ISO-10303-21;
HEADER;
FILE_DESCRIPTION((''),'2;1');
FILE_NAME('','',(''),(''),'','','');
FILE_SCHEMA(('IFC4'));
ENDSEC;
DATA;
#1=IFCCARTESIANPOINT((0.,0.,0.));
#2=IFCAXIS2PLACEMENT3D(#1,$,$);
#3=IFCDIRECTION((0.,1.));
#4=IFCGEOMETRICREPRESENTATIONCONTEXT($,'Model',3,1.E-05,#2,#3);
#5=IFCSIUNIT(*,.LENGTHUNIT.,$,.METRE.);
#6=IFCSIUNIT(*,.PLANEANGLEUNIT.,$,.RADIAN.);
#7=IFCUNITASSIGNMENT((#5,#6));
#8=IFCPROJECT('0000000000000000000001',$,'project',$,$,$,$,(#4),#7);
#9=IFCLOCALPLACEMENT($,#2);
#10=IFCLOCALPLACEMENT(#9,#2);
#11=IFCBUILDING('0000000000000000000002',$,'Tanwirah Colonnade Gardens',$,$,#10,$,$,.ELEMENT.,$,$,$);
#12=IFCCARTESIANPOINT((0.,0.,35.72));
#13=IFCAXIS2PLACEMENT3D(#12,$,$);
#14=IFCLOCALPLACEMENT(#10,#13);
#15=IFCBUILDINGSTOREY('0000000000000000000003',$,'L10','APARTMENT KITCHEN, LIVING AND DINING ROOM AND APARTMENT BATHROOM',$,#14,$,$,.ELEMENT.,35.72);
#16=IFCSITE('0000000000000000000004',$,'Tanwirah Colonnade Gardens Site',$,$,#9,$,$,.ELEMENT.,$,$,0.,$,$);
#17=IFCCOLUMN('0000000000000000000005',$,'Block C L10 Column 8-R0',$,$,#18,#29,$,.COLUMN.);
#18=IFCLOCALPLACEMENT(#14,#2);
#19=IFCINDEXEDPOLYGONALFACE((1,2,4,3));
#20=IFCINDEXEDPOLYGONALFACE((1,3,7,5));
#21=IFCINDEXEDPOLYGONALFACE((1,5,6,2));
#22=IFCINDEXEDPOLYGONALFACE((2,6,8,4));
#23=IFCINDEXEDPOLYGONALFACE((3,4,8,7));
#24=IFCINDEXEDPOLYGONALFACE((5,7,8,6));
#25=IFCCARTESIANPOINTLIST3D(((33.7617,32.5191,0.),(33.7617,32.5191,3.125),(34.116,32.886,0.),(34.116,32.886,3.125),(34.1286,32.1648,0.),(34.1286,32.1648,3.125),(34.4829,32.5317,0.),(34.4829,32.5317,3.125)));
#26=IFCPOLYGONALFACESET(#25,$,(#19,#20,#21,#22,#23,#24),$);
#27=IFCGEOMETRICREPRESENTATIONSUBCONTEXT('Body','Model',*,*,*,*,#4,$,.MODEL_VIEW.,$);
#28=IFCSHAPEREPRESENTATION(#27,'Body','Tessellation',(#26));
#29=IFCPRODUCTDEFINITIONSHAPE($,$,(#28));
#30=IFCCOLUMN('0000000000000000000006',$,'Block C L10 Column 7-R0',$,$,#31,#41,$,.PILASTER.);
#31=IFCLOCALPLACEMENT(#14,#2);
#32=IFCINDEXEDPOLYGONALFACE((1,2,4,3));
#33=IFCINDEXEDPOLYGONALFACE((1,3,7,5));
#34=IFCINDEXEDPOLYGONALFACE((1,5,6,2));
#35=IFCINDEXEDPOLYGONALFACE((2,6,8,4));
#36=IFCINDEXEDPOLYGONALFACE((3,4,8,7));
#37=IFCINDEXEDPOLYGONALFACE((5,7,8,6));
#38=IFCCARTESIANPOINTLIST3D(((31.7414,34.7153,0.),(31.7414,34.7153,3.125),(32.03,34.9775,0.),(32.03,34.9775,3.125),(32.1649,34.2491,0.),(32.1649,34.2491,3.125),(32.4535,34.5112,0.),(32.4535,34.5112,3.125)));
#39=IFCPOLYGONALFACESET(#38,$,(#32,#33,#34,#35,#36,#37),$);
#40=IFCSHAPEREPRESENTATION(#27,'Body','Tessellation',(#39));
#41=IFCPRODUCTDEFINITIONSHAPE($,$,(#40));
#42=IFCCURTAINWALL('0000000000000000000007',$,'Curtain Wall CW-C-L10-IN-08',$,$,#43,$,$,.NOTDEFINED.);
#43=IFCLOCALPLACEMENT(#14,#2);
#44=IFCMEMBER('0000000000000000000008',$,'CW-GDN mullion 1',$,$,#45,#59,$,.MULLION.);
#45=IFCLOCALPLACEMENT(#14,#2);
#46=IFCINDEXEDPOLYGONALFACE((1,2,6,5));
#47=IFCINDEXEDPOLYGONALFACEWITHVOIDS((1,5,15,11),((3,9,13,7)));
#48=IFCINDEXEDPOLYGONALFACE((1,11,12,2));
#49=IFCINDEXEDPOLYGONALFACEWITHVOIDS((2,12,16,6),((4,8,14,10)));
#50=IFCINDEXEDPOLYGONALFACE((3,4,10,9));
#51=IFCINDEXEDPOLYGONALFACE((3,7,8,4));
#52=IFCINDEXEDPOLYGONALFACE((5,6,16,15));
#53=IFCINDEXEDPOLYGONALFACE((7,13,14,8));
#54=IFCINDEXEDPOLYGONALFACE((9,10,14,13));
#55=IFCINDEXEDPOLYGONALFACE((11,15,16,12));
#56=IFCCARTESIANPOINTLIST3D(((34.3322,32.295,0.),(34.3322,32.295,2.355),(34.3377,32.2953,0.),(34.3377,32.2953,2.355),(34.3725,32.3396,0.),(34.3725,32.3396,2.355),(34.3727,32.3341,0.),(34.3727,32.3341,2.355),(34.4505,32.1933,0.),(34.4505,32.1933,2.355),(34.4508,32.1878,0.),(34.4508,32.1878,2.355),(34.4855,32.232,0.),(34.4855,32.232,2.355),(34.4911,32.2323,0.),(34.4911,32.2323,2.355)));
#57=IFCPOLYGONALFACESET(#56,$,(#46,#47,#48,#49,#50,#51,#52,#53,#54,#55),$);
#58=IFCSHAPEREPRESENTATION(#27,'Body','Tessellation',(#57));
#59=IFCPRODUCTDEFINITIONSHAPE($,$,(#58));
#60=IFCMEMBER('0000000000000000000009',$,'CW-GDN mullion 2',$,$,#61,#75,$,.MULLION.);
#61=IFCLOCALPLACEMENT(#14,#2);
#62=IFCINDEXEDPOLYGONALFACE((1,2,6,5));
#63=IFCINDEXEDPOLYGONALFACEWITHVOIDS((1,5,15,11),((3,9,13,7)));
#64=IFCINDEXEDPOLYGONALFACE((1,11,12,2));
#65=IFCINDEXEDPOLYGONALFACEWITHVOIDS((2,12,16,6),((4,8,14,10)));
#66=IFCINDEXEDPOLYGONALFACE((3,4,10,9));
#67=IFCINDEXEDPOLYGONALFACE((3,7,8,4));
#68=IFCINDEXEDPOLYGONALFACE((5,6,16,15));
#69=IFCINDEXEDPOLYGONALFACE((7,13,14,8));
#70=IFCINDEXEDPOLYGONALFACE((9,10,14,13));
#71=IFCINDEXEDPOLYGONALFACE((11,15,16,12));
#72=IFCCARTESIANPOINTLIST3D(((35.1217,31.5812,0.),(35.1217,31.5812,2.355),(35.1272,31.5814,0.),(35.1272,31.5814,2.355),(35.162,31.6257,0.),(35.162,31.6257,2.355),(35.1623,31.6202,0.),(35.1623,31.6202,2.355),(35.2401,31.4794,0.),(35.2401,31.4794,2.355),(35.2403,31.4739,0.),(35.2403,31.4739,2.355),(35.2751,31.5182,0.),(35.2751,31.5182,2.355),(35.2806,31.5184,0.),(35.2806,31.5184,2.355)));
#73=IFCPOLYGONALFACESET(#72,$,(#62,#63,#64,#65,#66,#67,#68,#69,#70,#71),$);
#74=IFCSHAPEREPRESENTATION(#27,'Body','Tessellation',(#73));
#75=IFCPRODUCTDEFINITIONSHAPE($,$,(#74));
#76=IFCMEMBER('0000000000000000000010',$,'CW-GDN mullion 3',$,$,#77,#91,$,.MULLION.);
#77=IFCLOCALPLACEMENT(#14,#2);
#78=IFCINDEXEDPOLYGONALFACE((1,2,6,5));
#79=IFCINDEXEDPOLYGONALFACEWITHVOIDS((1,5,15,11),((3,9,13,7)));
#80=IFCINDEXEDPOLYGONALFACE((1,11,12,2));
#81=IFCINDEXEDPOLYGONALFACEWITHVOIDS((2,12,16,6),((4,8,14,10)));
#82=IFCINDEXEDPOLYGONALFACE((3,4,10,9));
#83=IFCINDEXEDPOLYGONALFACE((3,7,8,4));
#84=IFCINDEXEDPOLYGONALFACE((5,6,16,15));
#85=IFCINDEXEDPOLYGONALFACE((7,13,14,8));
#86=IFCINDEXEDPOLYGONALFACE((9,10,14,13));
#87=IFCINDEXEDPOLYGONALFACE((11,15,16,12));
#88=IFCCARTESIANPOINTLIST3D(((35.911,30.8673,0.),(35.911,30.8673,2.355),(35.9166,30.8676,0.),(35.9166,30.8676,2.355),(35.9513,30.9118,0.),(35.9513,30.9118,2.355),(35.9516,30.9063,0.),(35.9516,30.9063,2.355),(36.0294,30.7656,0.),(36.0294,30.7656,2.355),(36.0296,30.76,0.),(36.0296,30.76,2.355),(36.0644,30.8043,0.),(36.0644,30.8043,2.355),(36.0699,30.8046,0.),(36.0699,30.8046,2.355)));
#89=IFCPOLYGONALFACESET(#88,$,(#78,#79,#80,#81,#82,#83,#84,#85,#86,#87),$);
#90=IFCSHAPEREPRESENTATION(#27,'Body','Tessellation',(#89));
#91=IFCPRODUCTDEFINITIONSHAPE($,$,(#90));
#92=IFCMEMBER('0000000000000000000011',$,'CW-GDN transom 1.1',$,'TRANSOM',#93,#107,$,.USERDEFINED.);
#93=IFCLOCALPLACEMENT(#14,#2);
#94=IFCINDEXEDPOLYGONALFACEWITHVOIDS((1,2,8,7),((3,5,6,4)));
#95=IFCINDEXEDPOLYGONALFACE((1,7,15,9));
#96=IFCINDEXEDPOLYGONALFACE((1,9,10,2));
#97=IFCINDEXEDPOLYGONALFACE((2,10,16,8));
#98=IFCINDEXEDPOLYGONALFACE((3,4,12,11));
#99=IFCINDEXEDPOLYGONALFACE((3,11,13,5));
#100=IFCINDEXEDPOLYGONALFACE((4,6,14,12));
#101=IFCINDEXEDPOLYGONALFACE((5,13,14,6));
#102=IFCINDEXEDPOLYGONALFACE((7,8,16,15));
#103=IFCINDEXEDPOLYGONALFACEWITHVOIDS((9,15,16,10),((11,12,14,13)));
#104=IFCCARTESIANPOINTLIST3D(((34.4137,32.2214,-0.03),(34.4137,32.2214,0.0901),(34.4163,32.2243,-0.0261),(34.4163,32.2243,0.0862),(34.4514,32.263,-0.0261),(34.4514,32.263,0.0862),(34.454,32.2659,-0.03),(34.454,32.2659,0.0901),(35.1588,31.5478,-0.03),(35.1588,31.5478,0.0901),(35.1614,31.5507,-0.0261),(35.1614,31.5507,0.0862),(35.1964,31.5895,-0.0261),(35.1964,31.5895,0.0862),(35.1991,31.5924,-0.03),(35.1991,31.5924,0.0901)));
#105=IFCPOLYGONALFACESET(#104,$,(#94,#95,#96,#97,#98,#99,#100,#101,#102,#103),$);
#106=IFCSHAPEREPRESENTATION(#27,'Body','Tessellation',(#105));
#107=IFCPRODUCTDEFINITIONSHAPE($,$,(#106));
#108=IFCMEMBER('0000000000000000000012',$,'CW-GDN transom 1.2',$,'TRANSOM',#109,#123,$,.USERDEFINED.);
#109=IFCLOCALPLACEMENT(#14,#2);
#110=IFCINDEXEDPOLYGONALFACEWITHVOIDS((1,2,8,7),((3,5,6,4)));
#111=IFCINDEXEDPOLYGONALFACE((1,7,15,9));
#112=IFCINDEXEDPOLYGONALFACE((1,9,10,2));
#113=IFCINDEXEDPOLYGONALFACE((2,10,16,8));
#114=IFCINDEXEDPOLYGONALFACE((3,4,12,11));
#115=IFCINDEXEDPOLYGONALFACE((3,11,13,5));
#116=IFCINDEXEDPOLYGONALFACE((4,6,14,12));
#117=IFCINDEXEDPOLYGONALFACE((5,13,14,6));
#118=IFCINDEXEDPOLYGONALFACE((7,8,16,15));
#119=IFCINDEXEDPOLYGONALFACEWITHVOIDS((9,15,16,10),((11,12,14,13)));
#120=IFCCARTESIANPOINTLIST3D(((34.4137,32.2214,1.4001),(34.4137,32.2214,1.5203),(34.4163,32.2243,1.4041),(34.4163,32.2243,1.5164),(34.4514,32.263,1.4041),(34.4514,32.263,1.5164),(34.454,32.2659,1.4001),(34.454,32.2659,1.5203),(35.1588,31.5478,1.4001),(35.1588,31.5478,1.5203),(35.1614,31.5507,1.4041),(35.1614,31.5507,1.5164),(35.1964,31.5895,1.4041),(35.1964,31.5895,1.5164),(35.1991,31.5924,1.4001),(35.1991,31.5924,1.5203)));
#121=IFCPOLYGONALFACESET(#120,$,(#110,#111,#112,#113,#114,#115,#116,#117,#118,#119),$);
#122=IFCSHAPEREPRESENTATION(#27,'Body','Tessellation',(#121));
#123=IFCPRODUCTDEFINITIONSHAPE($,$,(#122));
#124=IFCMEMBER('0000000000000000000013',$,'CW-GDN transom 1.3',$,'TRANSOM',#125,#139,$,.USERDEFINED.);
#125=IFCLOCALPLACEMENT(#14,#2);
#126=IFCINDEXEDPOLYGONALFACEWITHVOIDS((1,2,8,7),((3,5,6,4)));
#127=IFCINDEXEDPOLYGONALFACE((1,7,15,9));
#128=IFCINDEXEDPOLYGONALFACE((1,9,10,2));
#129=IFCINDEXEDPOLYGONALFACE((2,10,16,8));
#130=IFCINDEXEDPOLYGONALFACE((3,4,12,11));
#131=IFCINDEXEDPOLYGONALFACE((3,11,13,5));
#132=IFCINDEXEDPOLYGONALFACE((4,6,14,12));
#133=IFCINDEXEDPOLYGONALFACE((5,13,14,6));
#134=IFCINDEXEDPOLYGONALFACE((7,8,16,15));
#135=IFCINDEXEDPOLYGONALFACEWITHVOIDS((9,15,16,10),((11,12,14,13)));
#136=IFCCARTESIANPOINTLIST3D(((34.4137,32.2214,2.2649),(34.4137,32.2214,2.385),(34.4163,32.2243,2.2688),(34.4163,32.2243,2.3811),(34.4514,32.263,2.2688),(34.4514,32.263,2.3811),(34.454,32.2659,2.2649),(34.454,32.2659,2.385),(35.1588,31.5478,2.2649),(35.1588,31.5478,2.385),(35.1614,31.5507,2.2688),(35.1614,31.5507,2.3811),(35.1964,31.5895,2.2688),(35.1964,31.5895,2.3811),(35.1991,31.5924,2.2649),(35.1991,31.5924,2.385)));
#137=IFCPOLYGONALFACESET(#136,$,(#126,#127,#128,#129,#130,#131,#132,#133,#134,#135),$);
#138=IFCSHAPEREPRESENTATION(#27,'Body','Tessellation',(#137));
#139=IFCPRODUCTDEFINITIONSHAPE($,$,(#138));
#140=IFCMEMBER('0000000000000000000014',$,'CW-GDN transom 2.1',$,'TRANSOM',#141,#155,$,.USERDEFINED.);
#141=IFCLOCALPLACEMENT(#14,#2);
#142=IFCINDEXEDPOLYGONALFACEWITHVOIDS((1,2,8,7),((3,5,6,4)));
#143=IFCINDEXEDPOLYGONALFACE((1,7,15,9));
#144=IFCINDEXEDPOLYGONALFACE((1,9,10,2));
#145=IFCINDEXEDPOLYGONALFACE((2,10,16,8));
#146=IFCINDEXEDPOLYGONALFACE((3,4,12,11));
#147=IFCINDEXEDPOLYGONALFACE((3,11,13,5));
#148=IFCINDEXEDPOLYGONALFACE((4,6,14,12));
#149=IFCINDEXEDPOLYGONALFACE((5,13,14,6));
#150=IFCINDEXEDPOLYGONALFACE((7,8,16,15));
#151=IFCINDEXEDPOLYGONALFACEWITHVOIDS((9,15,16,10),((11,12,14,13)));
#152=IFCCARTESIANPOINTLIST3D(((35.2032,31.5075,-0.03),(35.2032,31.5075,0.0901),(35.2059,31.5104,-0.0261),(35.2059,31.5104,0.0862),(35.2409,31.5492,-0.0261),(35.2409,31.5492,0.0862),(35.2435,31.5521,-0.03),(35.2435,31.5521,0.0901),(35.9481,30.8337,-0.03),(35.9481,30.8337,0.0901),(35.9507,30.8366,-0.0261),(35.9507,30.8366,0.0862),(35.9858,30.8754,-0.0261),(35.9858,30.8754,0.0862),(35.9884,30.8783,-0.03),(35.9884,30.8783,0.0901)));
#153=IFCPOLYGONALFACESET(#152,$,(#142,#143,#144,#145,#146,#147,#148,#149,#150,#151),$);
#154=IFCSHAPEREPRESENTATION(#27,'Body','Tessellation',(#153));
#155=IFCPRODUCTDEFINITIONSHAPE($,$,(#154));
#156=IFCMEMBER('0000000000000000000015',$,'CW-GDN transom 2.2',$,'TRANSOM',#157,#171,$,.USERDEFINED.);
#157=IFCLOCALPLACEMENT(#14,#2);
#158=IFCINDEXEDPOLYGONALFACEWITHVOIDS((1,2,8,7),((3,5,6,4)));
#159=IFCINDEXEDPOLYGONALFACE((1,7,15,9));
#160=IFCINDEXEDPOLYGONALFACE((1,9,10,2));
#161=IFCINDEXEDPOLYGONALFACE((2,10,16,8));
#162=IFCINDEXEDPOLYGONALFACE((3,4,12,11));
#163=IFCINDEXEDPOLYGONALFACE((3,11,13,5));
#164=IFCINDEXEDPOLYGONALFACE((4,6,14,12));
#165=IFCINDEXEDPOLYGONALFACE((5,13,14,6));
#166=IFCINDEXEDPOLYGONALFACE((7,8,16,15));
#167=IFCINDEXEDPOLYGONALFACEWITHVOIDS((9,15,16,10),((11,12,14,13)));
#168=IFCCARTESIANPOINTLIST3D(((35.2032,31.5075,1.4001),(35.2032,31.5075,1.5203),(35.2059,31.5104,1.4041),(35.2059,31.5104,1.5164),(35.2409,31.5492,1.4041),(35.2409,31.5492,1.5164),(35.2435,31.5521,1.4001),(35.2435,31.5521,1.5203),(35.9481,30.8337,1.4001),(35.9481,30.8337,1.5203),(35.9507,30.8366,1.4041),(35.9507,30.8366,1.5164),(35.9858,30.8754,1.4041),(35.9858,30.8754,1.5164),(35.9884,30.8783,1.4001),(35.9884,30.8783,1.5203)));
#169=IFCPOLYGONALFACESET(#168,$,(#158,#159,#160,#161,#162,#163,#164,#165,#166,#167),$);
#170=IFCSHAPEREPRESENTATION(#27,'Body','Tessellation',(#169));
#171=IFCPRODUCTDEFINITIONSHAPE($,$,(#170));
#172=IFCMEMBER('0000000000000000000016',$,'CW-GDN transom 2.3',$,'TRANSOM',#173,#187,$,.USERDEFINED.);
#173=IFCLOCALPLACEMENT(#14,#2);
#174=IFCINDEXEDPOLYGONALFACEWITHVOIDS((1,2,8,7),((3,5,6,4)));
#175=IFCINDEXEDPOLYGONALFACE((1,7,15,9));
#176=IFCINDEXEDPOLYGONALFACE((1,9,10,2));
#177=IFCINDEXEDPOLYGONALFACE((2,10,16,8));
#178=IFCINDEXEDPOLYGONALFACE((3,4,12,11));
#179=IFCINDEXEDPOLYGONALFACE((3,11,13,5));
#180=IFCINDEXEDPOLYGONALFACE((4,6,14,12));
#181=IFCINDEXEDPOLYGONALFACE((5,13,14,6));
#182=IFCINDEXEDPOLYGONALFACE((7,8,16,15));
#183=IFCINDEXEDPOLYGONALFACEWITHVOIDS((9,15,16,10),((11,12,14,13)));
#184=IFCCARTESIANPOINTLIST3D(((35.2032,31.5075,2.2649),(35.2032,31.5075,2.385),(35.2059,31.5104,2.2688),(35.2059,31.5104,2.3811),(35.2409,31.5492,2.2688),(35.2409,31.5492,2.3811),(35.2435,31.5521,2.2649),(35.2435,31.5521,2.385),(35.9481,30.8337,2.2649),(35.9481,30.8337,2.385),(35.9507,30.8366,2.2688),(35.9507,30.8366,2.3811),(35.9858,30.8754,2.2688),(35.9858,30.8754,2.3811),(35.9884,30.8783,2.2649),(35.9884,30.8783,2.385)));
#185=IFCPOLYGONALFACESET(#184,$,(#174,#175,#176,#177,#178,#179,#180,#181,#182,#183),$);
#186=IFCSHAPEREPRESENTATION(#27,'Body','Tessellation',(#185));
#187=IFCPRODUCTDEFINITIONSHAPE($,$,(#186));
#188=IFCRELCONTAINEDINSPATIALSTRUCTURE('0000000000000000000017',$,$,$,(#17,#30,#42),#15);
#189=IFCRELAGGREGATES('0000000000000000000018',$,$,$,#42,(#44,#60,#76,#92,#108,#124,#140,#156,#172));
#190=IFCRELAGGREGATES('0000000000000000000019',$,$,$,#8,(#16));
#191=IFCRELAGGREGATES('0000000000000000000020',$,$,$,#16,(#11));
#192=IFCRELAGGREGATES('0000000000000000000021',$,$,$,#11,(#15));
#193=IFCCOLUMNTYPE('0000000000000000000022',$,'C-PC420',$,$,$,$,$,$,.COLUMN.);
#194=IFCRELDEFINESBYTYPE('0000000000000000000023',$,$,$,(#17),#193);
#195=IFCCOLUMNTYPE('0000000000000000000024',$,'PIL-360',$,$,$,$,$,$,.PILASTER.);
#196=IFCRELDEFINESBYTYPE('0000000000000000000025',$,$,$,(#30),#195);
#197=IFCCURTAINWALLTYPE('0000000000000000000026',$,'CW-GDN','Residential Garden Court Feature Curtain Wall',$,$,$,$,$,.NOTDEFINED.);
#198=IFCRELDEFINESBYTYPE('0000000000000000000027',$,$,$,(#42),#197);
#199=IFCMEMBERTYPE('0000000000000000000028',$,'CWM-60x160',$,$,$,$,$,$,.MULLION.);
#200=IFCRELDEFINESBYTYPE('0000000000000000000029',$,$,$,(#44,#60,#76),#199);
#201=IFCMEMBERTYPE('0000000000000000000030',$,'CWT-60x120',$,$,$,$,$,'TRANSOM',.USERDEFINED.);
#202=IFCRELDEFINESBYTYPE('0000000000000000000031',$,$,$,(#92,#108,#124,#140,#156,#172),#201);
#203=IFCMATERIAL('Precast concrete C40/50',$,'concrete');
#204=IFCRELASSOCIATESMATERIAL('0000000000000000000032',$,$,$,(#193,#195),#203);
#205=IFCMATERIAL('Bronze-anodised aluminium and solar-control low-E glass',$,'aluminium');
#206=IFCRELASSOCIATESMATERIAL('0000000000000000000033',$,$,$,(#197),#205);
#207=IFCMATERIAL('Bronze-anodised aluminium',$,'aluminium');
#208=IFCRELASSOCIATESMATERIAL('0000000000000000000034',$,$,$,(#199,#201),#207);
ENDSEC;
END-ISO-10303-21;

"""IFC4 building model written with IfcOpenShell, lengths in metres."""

from ifc_helpers import new_model, si_unit, direction, frame, origin, origin_2d, place, context, subcontext, project, spatial, rectangle, hollow_rectangle, extrude, material, material_profile, profile_set, type_object, element, aggregate, save


model = new_model("IFC4")

# Units and contexts
model_context = context("Model", 3, precision=1e-05, world=origin(), true_north=direction((0.0, 1.0)))
body_context = subcontext(model_context, "Body", "Model", "MODEL_VIEW")
ifc_project = project(units=[si_unit("LENGTHUNIT", "METRE"), si_unit("PLANEANGLEUNIT", "RADIAN")], contexts=[model_context])

# Site, building, storey
site_placement = place(None, origin())
site = spatial("IfcSite", under=ifc_project, at=site_placement, Name="Tanwirah Colonnade Gardens Site", CompositionType="ELEMENT", RefElevation=0.0)
building_placement = place(site_placement, origin())
building = spatial("IfcBuilding", under=site, at=building_placement, Name="Tanwirah Colonnade Gardens", CompositionType="ELEMENT")
storey_placement = place(building_placement, frame((0.0, 0.0, 35.72)))
storey = spatial("IfcBuildingStorey", under=building, at=storey_placement, Name="L10", Description="APARTMENT KITCHEN, LIVING AND DINING ROOM AND APARTMENT BATHROOM", CompositionType="ELEMENT", Elevation=35.72)

# Columns
ifc_material_1 = material(Name="Precast concrete C40/50", Category="concrete")
ifc_material_profile_1 = material_profile(ifc_material_1, rectangle(XDim=0.51, YDim=0.51, at=origin_2d()), Name="PC-COL 510x510")
ifc_profile_set_1 = profile_set([ifc_material_profile_1], Name="Precast concrete C40/50")
column_type_1 = type_object("IfcColumnType", Name="C-PC420", PredefinedType="COLUMN", material=ifc_profile_set_1)
column_1_placement = place(storey_placement, frame((34.1223, 32.5254, 0.0), z_axis=(0.0, 0.0, 1.0), x_axis=(-0.694658, -0.71934, 0.0)))
element("IfcColumn", 1, at=column_1_placement, inside=storey, type_object=column_type_1, Name="Block C L10 Column 8-R0", PredefinedType="COLUMN", context=body_context, shape_type="SweptSolid", body=[
    extrude(rectangle(XDim=0.51, YDim=0.51, at=origin_2d()), origin(), (0.0, 0.0, 1.0), 3.125),
])
ifc_material_profile_2 = material_profile(ifc_material_1, rectangle(XDim=0.3899, YDim=0.6299, at=origin_2d()), Name="PC-PIL 390x630")
ifc_profile_set_2 = profile_set([ifc_material_profile_2], Name="Precast concrete C40/50")
column_type_2 = type_object("IfcColumnType", Name="PIL-360", PredefinedType="PILASTER", material=ifc_profile_set_2)
column_2_placement = place(storey_placement, frame((32.0974, 34.6133, 0.0), z_axis=(0.0, 0.0, 1.0), x_axis=(-0.740218, -0.672367, 0.0)))
element("IfcColumn", 2, at=column_2_placement, inside=storey, type_object=column_type_2, Name="Block C L10 Column 7-R0", PredefinedType="PILASTER", context=body_context, shape_type="SweptSolid", body=[
    extrude(rectangle(XDim=0.3899, YDim=0.6299, at=origin_2d()), origin(), (0.0, 0.0, 1.0), 3.125),
])

# Curtain wall, members
ifc_material_2 = material(Name="Bronze-anodised aluminium and solar-control low-E glass", Category="aluminium")
curtain_wall_type = type_object("IfcCurtainWallType", Name="CW-GDN", Description="Residential Garden Court Feature Curtain Wall", PredefinedType="NOTDEFINED", material=ifc_material_2)
curtain_wall_placement = place(storey_placement, origin())
curtain_wall = element("IfcCurtainWall", 3, at=curtain_wall_placement, inside=storey, type_object=curtain_wall_type, Name="Curtain Wall CW-C-L10-IN-08", PredefinedType="NOTDEFINED")
ifc_material_3 = material(Name="Bronze-anodised aluminium", Category="aluminium")
ifc_material_profile_3 = material_profile(ifc_material_3, hollow_rectangle(XDim=0.0601, YDim=0.1599, WallThickness=0.0039, at=origin_2d()), Name="CW-MUL 60x160x4")
ifc_profile_set_3 = profile_set([ifc_material_profile_3], Name="Bronze-anodised aluminium")
member_type_1 = type_object("IfcMemberType", Name="CWM-60x160", PredefinedType="MULLION", material=ifc_profile_set_3)
member_1_placement = place(storey_placement, frame((34.4116, 32.2637, 0.0), z_axis=(0.0, 0.0, 1.0), x_axis=(0.670751, 0.741683, 0.0)))
member_1 = element("IfcMember", 4, at=member_1_placement, type_object=member_type_1, Name="CW-GDN mullion 1", PredefinedType="MULLION", context=body_context, shape_type="SweptSolid", body=[
    extrude(hollow_rectangle(XDim=0.0601, YDim=0.1599, WallThickness=0.0039, at=origin_2d()), origin(), (0.0, 0.0, 1.0), 2.355),
])
member_2_placement = place(storey_placement, frame((35.2012, 31.5498, 0.0), z_axis=(0.0, 0.0, 1.0), x_axis=(0.670751, 0.741683, 0.0)))
member_2 = element("IfcMember", 5, at=member_2_placement, type_object=member_type_1, Name="CW-GDN mullion 2", PredefinedType="MULLION", context=body_context, shape_type="SweptSolid", body=[
    extrude(hollow_rectangle(XDim=0.0601, YDim=0.1599, WallThickness=0.0039, at=origin_2d()), origin(), (0.0, 0.0, 1.0), 2.355),
])
member_3_placement = place(storey_placement, frame((35.9905, 30.8359, 0.0), z_axis=(0.0, 0.0, 1.0), x_axis=(0.670751, 0.741683, 0.0)))
member_3 = element("IfcMember", 6, at=member_3_placement, type_object=member_type_1, Name="CW-GDN mullion 3", PredefinedType="MULLION", context=body_context, shape_type="SweptSolid", body=[
    extrude(hollow_rectangle(XDim=0.0601, YDim=0.1599, WallThickness=0.0039, at=origin_2d()), origin(), (0.0, 0.0, 1.0), 2.355),
])
ifc_material_profile_4 = material_profile(ifc_material_3, hollow_rectangle(XDim=0.0601, YDim=0.1201, WallThickness=0.0039, at=origin_2d()), Name="CW-TRN 60x120x4")
ifc_profile_set_4 = profile_set([ifc_material_profile_4], Name="Bronze-anodised aluminium")
member_type_2 = type_object("IfcMemberType", Name="CWT-60x120", ElementType="TRANSOM", PredefinedType="USERDEFINED", material=ifc_profile_set_4)
member_4_placement = place(storey_placement, frame((34.4338, 32.2437, 0.03), z_axis=(0.741818, -0.670601, 0.0), x_axis=(0.670601, 0.741818, 0.0)))
member_4 = element("IfcMember", 7, at=member_4_placement, type_object=member_type_2, Name="CW-GDN transom 1.1", ObjectType="TRANSOM", PredefinedType="USERDEFINED", context=body_context, shape_type="SweptSolid", body=[
    extrude(hollow_rectangle(XDim=0.0601, YDim=0.1201, WallThickness=0.0039, at=origin_2d()), origin(), (0.0, 0.0, 1.0), 1.0044),
])
member_5_placement = place(storey_placement, frame((34.4338, 32.2437, 1.4602), z_axis=(0.741818, -0.670601, 0.0), x_axis=(0.670601, 0.741818, 0.0)))
member_5 = element("IfcMember", 8, at=member_5_placement, type_object=member_type_2, Name="CW-GDN transom 1.2", ObjectType="TRANSOM", PredefinedType="USERDEFINED", context=body_context, shape_type="SweptSolid", body=[
    extrude(hollow_rectangle(XDim=0.0601, YDim=0.1201, WallThickness=0.0039, at=origin_2d()), origin(), (0.0, 0.0, 1.0), 1.0044),
])
member_6_placement = place(storey_placement, frame((34.4338, 32.2437, 2.325), z_axis=(0.741818, -0.670601, 0.0), x_axis=(0.670601, 0.741818, 0.0)))
member_6 = element("IfcMember", 9, at=member_6_placement, type_object=member_type_2, Name="CW-GDN transom 1.3", ObjectType="TRANSOM", PredefinedType="USERDEFINED", context=body_context, shape_type="SweptSolid", body=[
    extrude(hollow_rectangle(XDim=0.0601, YDim=0.1201, WallThickness=0.0039, at=origin_2d()), origin(), (0.0, 0.0, 1.0), 1.0044),
])
member_7_placement = place(storey_placement, frame((35.2234, 31.5298, 0.03), z_axis=(0.741588, -0.670856, 0.0), x_axis=(0.670856, 0.741588, 0.0)))
member_7 = element("IfcMember", 10, at=member_7_placement, type_object=member_type_2, Name="CW-GDN transom 2.1", ObjectType="TRANSOM", PredefinedType="USERDEFINED", context=body_context, shape_type="SweptSolid", body=[
    extrude(hollow_rectangle(XDim=0.0601, YDim=0.1201, WallThickness=0.0039, at=origin_2d()), origin(), (0.0, 0.0, 1.0), 1.0044),
])
member_8_placement = place(storey_placement, frame((35.2234, 31.5298, 1.4602), z_axis=(0.741588, -0.670856, 0.0), x_axis=(0.670856, 0.741588, 0.0)))
member_8 = element("IfcMember", 11, at=member_8_placement, type_object=member_type_2, Name="CW-GDN transom 2.2", ObjectType="TRANSOM", PredefinedType="USERDEFINED", context=body_context, shape_type="SweptSolid", body=[
    extrude(hollow_rectangle(XDim=0.0601, YDim=0.1201, WallThickness=0.0039, at=origin_2d()), origin(), (0.0, 0.0, 1.0), 1.0044),
])
member_9_placement = place(storey_placement, frame((35.2234, 31.5298, 2.325), z_axis=(0.741588, -0.670856, 0.0), x_axis=(0.670856, 0.741588, 0.0)))
member_9 = element("IfcMember", 12, at=member_9_placement, type_object=member_type_2, Name="CW-GDN transom 2.3", ObjectType="TRANSOM", PredefinedType="USERDEFINED", context=body_context, shape_type="SweptSolid", body=[
    extrude(hollow_rectangle(XDim=0.0601, YDim=0.1201, WallThickness=0.0039, at=origin_2d()), origin(), (0.0, 0.0, 1.0), 1.0044),
])

aggregate(curtain_wall, [member_1, member_2, member_3, member_4, member_5, member_6, member_7, member_8, member_9])

save(model, "model.ifc")
